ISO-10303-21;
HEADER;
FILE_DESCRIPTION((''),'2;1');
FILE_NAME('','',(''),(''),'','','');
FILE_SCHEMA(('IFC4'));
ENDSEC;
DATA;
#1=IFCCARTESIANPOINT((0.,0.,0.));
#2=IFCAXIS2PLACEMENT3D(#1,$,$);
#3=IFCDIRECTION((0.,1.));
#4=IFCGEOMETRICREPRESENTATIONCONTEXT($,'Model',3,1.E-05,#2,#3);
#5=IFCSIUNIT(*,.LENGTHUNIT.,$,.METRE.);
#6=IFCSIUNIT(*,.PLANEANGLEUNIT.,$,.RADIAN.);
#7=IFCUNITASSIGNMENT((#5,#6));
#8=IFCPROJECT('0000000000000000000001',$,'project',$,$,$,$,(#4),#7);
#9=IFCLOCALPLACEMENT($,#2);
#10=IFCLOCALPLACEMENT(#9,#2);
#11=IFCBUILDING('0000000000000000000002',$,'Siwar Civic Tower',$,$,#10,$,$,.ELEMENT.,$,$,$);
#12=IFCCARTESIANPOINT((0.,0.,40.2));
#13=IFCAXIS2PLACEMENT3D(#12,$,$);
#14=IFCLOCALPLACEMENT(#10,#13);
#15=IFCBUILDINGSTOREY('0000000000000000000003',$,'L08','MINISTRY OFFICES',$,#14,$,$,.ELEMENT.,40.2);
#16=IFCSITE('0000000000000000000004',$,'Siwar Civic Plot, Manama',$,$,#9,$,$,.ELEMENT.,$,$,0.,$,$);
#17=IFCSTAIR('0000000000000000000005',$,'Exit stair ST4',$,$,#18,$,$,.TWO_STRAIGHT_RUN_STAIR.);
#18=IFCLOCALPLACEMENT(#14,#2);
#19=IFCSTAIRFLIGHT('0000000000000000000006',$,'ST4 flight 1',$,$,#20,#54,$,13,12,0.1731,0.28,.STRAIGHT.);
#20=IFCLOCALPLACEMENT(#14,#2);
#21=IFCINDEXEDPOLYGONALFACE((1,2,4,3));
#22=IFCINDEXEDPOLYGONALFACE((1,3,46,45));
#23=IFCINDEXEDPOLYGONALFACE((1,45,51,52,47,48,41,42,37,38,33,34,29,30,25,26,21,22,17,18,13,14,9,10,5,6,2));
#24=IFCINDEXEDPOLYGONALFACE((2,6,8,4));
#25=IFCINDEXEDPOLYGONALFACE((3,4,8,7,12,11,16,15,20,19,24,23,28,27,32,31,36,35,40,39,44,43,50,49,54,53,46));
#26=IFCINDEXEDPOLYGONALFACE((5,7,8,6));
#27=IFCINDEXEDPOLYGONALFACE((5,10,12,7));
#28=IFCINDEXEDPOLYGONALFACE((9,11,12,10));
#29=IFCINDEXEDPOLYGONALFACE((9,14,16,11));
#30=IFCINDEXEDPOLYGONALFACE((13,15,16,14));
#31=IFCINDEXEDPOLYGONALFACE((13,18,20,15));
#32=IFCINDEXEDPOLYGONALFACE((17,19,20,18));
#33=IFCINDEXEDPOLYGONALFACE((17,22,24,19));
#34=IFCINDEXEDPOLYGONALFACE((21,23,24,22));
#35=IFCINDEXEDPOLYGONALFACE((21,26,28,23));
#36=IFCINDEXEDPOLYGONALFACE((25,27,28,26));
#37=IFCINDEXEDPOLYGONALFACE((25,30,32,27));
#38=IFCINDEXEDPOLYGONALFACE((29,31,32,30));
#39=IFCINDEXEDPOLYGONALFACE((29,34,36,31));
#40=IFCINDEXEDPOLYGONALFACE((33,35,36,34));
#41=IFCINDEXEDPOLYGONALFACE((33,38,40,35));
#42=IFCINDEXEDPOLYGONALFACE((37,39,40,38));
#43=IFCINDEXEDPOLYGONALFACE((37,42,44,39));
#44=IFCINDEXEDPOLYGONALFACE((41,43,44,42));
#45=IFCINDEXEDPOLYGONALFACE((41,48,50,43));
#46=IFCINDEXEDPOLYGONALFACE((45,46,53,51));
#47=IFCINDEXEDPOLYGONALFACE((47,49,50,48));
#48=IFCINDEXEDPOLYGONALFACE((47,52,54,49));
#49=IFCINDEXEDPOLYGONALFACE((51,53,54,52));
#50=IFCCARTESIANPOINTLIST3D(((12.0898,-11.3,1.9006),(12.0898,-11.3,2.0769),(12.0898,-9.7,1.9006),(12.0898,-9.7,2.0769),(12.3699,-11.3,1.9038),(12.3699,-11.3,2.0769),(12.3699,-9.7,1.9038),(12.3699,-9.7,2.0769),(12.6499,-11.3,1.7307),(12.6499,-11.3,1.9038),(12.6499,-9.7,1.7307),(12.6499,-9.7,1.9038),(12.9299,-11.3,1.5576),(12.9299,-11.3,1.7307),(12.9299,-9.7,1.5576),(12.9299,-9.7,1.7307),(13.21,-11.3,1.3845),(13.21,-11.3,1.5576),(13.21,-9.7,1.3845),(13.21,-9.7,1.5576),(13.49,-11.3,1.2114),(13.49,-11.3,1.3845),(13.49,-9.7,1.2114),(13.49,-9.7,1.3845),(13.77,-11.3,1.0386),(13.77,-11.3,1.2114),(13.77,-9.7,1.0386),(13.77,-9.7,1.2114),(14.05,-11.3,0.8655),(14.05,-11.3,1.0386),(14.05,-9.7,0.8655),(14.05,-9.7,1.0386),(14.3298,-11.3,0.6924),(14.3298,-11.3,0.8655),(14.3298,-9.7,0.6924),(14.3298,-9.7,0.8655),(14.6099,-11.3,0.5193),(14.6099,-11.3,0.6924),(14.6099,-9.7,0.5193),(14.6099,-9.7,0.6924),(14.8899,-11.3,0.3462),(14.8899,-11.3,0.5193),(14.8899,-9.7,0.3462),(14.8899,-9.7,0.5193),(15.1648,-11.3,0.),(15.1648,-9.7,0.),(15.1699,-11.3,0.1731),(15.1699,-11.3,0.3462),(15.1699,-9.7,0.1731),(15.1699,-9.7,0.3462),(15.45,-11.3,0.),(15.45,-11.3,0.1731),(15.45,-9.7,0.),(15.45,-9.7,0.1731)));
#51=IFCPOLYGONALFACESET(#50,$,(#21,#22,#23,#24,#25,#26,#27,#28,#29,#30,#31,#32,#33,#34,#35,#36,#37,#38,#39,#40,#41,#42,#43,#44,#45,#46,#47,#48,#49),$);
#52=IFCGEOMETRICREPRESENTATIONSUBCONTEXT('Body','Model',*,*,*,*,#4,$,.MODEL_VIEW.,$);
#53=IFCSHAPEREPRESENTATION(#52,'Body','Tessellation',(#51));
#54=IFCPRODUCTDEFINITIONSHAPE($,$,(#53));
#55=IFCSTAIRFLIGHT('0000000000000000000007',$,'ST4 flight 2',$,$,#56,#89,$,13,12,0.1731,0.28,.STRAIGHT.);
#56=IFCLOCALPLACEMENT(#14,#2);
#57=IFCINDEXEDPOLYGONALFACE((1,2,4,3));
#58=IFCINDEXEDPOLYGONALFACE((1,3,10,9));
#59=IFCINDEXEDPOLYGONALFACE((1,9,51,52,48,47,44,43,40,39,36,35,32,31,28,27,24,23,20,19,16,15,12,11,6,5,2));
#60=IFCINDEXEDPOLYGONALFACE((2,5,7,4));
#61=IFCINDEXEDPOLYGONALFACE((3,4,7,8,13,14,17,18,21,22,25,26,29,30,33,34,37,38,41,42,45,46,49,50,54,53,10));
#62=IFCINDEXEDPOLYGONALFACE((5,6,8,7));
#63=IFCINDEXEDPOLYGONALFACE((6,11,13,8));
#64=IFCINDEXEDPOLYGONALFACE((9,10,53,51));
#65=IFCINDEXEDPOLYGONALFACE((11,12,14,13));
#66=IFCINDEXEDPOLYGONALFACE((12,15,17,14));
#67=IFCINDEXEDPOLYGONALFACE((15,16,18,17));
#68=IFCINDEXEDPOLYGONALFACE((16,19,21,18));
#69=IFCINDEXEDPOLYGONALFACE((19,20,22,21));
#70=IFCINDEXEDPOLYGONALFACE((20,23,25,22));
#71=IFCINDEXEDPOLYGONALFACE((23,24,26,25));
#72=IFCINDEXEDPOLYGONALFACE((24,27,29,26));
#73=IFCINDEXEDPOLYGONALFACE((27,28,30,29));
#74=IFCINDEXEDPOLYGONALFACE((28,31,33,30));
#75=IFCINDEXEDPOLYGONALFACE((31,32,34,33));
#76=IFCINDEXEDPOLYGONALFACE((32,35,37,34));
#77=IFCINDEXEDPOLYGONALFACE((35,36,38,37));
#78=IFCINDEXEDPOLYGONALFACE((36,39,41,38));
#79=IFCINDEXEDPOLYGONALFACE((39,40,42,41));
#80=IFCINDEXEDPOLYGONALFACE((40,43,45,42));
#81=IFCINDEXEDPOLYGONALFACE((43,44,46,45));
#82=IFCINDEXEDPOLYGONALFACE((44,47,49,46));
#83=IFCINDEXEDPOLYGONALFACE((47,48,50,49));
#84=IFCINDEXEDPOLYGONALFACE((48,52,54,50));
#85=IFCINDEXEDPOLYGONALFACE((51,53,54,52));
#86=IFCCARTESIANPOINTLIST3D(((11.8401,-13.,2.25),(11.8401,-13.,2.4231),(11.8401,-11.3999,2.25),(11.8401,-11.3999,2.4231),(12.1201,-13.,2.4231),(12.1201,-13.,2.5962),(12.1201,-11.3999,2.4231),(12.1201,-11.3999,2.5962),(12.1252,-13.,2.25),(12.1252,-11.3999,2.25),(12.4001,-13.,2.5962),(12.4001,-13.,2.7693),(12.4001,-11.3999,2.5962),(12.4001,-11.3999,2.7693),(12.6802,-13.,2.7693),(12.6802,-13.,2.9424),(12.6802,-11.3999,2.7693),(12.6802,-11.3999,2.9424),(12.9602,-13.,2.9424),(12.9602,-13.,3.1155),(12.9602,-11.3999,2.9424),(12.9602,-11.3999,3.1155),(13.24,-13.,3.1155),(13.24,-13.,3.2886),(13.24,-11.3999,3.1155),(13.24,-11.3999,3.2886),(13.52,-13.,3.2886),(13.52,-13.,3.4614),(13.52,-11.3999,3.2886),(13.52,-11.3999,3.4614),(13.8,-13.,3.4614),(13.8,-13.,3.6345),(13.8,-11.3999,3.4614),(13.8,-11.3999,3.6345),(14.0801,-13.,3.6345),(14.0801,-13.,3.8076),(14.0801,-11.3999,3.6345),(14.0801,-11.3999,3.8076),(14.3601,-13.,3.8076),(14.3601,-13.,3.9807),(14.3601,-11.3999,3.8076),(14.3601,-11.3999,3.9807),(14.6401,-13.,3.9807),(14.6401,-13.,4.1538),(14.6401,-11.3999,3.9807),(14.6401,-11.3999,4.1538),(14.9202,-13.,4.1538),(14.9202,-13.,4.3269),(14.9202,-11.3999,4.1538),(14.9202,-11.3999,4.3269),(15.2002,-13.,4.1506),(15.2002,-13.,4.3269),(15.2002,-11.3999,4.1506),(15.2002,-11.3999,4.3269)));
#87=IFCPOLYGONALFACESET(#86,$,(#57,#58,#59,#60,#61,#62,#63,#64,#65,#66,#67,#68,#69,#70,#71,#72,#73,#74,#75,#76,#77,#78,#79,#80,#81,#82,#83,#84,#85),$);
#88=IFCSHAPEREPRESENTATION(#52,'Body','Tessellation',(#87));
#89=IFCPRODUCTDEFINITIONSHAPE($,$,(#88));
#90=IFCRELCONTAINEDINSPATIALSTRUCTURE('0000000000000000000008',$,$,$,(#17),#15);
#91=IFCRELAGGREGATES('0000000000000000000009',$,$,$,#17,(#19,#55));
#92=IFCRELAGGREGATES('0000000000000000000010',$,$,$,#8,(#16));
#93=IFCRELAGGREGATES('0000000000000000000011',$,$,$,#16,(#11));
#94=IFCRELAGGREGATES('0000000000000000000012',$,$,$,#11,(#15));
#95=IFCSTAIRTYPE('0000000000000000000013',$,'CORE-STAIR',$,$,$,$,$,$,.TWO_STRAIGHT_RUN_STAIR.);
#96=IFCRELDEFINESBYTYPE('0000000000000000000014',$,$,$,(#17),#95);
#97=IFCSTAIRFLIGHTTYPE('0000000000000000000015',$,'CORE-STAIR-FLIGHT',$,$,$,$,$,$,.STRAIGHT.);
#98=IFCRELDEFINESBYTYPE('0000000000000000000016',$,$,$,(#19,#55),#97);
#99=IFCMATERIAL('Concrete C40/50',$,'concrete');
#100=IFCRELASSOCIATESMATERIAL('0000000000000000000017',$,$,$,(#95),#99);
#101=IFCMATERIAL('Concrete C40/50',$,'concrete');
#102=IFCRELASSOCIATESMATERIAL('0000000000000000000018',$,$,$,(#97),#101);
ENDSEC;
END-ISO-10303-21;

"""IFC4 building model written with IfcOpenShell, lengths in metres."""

from ifc_helpers import new_model, si_unit, direction, frame, origin, place, context, subcontext, project, spatial, polyline, outline, extrude, material, type_object, element, aggregate, save


model = new_model("IFC4")

# Units and contexts
model_context = context("Model", 3, precision=1e-05, world=origin(), true_north=direction((0.0, 1.0)))
body_context = subcontext(model_context, "Body", "Model", "MODEL_VIEW")
ifc_project = project(units=[si_unit("LENGTHUNIT", "METRE"), si_unit("PLANEANGLEUNIT", "RADIAN")], contexts=[model_context])

# Site, building, storey
site_placement = place(None, origin())
site = spatial("IfcSite", under=ifc_project, at=site_placement, Name="Siwar Civic Plot, Manama", CompositionType="ELEMENT", RefElevation=0.0)
building_placement = place(site_placement, origin())
building = spatial("IfcBuilding", under=site, at=building_placement, Name="Siwar Civic Tower", CompositionType="ELEMENT")
storey_placement = place(building_placement, frame((0.0, 0.0, 40.2)))
storey = spatial("IfcBuildingStorey", under=building, at=storey_placement, Name="L08", Description="MINISTRY OFFICES", CompositionType="ELEMENT", Elevation=40.2)

# Stair, stair flights
ifc_material_1 = material(Name="Concrete C40/50", Category="concrete")
stair_type = type_object("IfcStairType", Name="CORE-STAIR", PredefinedType="TWO_STRAIGHT_RUN_STAIR", material=ifc_material_1)
stair_placement = place(storey_placement, origin())
stair = element("IfcStair", 1, at=stair_placement, inside=storey, type_object=stair_type, Name="Exit stair ST4", PredefinedType="TWO_STRAIGHT_RUN_STAIR")
ifc_material_2 = material(Name="Concrete C40/50", Category="concrete")
stair_flight_type = type_object("IfcStairFlightType", Name="CORE-STAIR-FLIGHT", PredefinedType="STRAIGHT", material=ifc_material_2)
stair_flight_1_placement = place(storey_placement, frame((15.45, -10.5, 0.0), z_axis=(0.0, 0.0, 1.0), x_axis=(-1.0, 0.0, 0.0)))
stair_flight_1 = element("IfcStairFlight", 2, at=stair_flight_1_placement, type_object=stair_flight_type, Name="ST4 flight 1", NumberOfRisers=13, NumberOfTreads=12, PredefinedType="STRAIGHT", RiserHeight=0.1731, TreadLength=0.28, context=body_context, shape_type="SweptSolid", body=[
    extrude(outline(polyline([(0.0, 0.0), (0.0, 0.1731), (0.28, 0.1731), (0.28, 0.3462), (0.5601, 0.3462), (0.5601, 0.5193), (0.8401, 0.5193), (0.8401, 0.6924), (1.1201, 0.6924), (1.1201, 0.8655), (1.3999, 0.8655), (1.3999, 1.0386), (1.6799, 1.0386), (1.6799, 1.2114), (1.96, 1.2114), (1.96, 1.3845), (2.24, 1.3845), (2.24, 1.5576), (2.52, 1.5576), (2.52, 1.7307), (2.8, 1.7307), (2.8, 1.9038), (3.0801, 1.9038), (3.0801, 2.0769), (3.3601, 2.0769), (3.3601, 2.25), (3.3601, 1.9006), (0.2852, 0.0), (0.0, 0.0)])), frame((0.0, 0.8, 0.0), z_axis=(0.0, -1.0, 0.0), x_axis=(1.0, 0.0, 0.0)), (0.0, 0.0, 1.0), 1.6001),
])
stair_flight_2_placement = place(storey_placement, frame((11.8401, -12.2, 2.25), z_axis=(0.0, 0.0, 1.0), x_axis=(1.0, 0.0, 0.0)))
stair_flight_2 = element("IfcStairFlight", 3, at=stair_flight_2_placement, type_object=stair_flight_type, Name="ST4 flight 2", NumberOfRisers=13, NumberOfTreads=12, PredefinedType="STRAIGHT", RiserHeight=0.1731, TreadLength=0.28, context=body_context, shape_type="SweptSolid", body=[
    extrude(outline(polyline([(0.0, 0.0), (0.0, 0.1731), (0.28, 0.1731), (0.28, 0.3462), (0.5601, 0.3462), (0.5601, 0.5193), (0.8401, 0.5193), (0.8401, 0.6924), (1.1201, 0.6924), (1.1201, 0.8655), (1.3999, 0.8655), (1.3999, 1.0386), (1.6799, 1.0386), (1.6799, 1.2114), (1.96, 1.2114), (1.96, 1.3845), (2.24, 1.3845), (2.24, 1.5576), (2.52, 1.5576), (2.52, 1.7307), (2.8, 1.7307), (2.8, 1.9038), (3.0801, 1.9038), (3.0801, 2.0769), (3.3601, 2.0769), (3.3601, 2.25), (3.3601, 1.9006), (0.2852, 0.0), (0.0, 0.0)])), frame((0.0, 0.8, 0.0), z_axis=(0.0, -1.0, 0.0), x_axis=(1.0, 0.0, 0.0)), (0.0, 0.0, 1.0), 1.6001),
])
aggregate(stair, [stair_flight_1, stair_flight_2])

save(model, "model.ifc")
